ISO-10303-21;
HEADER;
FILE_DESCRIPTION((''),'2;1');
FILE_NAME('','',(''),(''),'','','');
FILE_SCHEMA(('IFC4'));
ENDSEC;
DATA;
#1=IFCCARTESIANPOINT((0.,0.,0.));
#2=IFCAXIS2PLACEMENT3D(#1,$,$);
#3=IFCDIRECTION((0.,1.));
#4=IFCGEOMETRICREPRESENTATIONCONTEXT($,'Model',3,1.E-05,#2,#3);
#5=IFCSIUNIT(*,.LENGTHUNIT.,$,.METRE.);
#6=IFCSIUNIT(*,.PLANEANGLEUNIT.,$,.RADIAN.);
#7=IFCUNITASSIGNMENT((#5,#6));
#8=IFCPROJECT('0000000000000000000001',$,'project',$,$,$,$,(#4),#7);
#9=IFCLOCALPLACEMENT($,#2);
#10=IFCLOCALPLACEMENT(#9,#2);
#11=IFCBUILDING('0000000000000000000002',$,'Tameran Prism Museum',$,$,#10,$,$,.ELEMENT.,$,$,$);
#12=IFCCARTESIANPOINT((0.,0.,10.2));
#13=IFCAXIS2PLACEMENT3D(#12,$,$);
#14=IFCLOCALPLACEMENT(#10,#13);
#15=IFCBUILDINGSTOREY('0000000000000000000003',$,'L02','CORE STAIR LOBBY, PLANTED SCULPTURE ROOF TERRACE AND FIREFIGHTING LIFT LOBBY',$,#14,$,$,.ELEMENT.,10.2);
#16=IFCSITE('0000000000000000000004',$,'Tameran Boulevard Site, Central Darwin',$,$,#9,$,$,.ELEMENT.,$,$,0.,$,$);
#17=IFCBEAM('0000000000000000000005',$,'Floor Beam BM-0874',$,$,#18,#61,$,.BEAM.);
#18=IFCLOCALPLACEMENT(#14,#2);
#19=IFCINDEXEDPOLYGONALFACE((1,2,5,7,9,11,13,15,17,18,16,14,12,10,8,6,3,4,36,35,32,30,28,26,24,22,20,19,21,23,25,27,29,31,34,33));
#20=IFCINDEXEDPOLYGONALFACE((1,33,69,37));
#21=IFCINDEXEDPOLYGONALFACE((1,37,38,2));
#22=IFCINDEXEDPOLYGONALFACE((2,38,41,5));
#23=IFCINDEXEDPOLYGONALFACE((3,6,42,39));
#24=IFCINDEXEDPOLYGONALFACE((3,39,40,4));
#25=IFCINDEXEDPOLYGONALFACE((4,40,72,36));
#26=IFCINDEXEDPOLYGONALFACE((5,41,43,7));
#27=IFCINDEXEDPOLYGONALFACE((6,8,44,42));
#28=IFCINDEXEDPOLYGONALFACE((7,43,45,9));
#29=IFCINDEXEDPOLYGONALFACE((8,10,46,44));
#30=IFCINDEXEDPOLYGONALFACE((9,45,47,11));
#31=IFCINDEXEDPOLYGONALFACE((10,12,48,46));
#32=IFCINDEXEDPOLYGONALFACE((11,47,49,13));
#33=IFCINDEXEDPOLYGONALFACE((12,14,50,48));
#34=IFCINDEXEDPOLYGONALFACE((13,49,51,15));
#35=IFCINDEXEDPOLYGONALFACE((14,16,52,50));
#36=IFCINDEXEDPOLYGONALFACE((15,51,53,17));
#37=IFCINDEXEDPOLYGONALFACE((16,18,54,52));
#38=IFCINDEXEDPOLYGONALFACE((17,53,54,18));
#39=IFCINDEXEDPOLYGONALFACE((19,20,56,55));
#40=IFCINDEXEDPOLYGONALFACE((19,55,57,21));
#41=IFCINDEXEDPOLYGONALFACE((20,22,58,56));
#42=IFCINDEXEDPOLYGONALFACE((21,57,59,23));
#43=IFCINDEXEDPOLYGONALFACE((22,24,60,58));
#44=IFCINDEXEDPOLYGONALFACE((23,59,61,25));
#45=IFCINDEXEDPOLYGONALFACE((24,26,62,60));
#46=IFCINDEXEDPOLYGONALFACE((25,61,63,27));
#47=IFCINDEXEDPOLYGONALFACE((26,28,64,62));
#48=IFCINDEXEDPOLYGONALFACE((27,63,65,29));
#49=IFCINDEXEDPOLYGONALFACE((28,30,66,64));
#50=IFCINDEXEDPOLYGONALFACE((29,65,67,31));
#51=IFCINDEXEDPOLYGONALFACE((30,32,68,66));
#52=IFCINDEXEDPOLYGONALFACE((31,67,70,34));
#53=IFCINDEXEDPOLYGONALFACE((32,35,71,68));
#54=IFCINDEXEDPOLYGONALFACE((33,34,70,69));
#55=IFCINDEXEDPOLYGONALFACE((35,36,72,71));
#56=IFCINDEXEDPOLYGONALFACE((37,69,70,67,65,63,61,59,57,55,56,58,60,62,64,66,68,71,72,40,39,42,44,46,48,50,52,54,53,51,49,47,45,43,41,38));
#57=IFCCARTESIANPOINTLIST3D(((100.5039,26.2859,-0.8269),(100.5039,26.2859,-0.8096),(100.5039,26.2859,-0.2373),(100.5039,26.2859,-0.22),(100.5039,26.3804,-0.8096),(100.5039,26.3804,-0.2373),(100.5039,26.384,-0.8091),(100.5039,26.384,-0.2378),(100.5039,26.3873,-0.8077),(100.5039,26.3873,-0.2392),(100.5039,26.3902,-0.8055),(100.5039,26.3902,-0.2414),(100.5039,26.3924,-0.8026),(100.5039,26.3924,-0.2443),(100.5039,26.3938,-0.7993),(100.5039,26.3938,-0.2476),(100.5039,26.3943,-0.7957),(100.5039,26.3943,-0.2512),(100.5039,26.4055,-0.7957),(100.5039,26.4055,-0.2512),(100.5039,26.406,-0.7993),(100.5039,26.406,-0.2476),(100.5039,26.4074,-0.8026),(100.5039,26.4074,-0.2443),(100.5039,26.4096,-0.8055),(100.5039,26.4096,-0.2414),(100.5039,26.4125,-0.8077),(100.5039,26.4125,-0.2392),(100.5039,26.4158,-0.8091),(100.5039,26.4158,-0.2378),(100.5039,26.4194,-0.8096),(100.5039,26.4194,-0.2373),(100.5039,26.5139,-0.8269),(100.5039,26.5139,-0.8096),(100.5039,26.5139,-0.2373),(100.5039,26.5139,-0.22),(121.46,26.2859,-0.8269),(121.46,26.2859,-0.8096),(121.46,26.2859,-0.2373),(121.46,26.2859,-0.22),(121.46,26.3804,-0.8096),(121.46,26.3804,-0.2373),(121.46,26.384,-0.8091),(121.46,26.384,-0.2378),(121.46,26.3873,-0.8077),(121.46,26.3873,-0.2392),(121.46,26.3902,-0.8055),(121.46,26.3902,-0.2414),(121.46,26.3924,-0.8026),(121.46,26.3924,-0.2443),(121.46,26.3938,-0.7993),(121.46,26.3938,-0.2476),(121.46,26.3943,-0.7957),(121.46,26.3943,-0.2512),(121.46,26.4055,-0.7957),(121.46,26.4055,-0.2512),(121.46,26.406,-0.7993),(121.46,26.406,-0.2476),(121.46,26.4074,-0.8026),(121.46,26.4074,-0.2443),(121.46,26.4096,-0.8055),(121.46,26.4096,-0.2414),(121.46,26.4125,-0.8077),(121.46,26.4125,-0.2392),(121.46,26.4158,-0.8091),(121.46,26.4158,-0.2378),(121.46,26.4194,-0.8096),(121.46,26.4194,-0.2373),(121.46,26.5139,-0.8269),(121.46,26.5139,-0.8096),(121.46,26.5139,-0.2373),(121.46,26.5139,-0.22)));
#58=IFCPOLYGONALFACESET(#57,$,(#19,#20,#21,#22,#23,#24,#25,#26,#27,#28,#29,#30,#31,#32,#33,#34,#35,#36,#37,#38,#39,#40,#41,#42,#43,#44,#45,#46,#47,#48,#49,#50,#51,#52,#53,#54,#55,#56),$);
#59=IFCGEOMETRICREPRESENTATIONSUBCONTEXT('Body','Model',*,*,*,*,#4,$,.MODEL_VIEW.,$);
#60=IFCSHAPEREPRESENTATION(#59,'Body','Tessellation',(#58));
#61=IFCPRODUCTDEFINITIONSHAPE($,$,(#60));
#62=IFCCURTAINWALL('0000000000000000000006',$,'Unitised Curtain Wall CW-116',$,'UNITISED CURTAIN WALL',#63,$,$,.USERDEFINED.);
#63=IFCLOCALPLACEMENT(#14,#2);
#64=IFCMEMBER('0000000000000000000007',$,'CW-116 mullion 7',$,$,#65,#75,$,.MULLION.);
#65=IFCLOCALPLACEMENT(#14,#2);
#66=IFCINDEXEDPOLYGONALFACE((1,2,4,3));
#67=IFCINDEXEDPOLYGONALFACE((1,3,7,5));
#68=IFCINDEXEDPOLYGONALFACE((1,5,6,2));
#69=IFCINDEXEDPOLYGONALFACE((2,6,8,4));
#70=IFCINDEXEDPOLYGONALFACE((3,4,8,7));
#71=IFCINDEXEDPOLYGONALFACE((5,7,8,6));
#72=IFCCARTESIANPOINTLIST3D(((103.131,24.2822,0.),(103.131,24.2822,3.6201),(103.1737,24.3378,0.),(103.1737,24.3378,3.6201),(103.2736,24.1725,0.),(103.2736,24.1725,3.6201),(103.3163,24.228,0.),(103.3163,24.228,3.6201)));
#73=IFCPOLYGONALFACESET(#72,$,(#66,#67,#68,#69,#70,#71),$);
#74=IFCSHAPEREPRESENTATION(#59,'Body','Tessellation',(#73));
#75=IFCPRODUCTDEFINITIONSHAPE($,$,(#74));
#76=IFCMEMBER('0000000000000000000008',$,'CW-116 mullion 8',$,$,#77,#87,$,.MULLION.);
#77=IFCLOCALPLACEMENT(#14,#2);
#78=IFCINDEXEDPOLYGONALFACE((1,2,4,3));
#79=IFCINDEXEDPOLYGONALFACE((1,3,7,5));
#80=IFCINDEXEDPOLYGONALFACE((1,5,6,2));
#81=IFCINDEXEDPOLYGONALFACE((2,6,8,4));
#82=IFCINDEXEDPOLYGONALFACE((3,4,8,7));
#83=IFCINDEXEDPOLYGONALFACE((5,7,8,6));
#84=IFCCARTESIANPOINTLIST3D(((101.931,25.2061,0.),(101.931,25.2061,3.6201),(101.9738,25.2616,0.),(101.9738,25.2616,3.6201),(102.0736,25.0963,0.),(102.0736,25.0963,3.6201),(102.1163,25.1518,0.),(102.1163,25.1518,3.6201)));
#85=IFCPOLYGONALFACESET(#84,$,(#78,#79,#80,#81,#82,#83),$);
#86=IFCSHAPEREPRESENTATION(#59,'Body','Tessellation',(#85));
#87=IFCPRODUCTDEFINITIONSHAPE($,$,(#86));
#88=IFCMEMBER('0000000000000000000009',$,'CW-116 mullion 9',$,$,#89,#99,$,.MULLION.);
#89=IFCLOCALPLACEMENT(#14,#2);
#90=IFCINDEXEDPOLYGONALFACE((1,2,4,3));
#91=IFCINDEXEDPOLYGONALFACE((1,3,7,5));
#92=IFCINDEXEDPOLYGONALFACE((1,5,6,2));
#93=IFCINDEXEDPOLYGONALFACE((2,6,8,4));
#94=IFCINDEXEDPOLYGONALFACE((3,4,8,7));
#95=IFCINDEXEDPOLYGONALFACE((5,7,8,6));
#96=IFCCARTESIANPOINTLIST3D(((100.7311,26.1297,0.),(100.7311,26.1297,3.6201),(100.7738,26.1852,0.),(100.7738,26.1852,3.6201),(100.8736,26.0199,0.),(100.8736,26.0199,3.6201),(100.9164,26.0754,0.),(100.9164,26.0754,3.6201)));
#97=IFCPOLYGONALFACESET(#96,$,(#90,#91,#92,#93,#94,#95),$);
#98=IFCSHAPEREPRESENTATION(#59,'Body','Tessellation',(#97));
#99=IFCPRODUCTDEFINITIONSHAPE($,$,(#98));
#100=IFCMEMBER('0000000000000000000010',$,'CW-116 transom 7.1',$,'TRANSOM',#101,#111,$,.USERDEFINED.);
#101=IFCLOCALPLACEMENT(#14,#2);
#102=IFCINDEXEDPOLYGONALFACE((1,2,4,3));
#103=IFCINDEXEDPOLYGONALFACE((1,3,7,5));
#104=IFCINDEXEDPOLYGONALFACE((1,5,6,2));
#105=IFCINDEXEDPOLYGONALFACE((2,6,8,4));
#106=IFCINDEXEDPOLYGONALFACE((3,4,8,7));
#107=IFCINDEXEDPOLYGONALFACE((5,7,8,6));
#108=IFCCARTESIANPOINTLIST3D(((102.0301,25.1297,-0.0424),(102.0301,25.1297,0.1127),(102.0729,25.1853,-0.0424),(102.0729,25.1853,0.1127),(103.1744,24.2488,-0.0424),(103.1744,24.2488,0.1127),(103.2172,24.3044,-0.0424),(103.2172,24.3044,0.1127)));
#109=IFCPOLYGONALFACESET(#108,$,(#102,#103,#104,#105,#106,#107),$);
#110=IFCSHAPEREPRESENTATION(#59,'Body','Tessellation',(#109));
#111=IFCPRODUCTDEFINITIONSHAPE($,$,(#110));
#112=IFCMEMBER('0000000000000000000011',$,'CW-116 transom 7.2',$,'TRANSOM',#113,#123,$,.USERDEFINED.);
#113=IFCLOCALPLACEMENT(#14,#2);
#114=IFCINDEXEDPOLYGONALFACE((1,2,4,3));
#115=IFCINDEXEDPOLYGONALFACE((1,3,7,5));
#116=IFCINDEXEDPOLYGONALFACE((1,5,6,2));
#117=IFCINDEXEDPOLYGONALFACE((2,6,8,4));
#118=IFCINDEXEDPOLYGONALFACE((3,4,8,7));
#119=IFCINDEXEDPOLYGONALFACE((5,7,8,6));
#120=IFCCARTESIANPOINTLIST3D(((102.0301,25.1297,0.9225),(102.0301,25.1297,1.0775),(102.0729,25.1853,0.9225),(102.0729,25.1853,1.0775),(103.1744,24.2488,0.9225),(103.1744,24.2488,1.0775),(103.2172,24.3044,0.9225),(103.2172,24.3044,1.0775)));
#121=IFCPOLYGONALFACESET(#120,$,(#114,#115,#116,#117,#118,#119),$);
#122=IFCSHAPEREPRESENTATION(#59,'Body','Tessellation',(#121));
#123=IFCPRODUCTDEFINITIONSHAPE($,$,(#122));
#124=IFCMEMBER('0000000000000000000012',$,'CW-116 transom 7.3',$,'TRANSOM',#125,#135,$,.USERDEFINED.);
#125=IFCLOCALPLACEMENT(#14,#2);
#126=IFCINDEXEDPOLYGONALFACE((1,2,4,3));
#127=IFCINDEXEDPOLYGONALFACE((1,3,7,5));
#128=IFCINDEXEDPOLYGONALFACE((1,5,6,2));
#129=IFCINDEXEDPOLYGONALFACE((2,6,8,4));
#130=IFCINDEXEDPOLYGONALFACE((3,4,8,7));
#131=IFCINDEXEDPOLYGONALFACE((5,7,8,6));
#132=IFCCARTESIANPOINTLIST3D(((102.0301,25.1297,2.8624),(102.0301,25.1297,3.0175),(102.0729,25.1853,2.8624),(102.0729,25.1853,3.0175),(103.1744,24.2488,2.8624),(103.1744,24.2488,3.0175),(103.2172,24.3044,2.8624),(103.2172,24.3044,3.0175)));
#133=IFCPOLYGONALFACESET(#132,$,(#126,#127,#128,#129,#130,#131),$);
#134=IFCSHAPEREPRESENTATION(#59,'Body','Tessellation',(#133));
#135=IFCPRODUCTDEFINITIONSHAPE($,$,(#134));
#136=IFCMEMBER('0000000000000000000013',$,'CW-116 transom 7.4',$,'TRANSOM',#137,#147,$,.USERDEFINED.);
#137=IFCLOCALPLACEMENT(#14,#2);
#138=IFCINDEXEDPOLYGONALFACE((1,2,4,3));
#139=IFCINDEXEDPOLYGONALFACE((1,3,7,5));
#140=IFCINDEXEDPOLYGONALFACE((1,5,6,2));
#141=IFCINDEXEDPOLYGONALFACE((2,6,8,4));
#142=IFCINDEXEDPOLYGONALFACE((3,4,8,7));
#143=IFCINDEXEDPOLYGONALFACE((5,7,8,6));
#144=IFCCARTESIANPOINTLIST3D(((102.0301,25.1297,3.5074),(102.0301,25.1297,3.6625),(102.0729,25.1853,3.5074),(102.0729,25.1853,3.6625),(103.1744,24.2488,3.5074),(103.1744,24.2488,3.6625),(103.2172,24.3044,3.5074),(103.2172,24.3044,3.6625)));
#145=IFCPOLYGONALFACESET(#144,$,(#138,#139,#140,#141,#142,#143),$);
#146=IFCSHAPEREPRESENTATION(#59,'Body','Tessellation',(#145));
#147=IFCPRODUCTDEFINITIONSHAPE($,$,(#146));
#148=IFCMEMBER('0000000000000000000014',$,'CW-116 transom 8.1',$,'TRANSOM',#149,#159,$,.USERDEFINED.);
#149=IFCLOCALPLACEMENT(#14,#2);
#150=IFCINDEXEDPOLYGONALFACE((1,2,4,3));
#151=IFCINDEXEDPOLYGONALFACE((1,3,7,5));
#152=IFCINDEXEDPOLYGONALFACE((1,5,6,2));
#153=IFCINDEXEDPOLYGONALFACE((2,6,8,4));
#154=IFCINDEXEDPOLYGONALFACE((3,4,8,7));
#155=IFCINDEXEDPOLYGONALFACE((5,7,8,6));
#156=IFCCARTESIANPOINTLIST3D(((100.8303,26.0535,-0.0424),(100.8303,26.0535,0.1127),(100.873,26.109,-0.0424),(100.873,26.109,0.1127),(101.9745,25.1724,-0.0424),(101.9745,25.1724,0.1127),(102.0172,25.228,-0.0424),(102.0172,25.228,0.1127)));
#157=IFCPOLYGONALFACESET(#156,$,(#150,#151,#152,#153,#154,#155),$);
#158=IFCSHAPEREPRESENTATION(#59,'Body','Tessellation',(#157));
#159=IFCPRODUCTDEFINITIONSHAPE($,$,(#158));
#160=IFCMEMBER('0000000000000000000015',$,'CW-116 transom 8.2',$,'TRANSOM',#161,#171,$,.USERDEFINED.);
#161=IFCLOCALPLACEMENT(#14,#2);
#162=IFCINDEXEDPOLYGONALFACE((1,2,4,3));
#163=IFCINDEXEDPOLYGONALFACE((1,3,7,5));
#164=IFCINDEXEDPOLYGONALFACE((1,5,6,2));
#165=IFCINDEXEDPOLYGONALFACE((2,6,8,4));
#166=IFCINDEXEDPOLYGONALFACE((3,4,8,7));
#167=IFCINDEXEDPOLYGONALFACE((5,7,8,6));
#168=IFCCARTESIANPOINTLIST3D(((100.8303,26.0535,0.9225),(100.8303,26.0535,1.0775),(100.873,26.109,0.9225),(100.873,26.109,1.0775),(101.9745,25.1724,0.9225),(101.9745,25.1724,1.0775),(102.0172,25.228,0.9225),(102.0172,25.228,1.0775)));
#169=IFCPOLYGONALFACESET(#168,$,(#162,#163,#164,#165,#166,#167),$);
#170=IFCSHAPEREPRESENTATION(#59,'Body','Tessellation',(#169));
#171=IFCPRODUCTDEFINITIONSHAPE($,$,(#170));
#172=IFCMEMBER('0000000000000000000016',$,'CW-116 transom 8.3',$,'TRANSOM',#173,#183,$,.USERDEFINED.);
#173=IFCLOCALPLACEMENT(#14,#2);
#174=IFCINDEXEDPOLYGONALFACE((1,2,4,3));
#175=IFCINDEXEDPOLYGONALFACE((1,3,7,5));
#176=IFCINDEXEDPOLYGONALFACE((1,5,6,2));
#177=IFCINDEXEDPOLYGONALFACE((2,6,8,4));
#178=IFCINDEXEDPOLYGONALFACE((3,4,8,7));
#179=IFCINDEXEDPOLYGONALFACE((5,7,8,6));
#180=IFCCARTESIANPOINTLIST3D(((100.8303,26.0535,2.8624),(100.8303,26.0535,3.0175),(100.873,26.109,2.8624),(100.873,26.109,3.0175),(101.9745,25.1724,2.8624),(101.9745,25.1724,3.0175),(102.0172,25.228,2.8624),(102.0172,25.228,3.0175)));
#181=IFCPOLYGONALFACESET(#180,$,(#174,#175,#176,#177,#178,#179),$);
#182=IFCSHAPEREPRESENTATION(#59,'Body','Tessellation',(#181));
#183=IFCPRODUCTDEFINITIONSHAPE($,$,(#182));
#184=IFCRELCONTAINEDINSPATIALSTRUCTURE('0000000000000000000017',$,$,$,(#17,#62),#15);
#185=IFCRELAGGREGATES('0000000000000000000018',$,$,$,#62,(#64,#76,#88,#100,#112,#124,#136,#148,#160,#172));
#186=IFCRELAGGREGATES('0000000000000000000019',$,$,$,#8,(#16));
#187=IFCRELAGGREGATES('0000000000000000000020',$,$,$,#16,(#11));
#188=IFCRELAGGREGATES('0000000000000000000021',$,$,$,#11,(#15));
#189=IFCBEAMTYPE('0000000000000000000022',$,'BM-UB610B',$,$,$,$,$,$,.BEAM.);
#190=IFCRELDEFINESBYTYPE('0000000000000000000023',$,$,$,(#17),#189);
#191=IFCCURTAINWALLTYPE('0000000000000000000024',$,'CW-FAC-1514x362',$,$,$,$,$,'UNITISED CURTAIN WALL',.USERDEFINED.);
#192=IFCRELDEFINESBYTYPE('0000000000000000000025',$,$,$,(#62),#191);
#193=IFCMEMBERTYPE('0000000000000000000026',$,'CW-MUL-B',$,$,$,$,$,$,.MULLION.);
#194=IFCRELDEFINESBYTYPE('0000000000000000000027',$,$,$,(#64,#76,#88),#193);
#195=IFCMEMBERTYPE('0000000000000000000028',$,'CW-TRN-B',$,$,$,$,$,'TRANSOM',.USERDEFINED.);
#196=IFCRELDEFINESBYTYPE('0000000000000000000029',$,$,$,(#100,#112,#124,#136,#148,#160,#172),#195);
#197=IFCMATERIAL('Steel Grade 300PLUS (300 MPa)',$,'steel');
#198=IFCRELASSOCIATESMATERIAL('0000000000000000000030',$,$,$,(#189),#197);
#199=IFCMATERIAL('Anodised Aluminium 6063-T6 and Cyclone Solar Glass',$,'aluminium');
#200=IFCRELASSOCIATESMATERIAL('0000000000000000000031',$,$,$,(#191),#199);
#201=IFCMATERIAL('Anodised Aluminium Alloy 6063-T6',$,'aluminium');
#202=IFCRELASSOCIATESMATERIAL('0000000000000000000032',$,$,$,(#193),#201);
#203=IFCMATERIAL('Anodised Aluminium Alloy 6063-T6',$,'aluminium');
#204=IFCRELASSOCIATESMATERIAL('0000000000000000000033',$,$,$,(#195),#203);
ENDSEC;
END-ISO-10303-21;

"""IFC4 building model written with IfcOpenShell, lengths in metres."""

from ifc_helpers import new_model, si_unit, direction, frame, origin, origin_2d, place, context, subcontext, project, spatial, rectangle, i_section, extrude, material, material_profile, profile_set, type_object, element, aggregate, save


model = new_model("IFC4")

# Units and contexts
model_context = context("Model", 3, precision=1e-05, world=origin(), true_north=direction((0.0, 1.0)))
body_context = subcontext(model_context, "Body", "Model", "MODEL_VIEW")
ifc_project = project(units=[si_unit("LENGTHUNIT", "METRE"), si_unit("PLANEANGLEUNIT", "RADIAN")], contexts=[model_context])

# Site, building, storey
site_placement = place(None, origin())
site = spatial("IfcSite", under=ifc_project, at=site_placement, Name="Tameran Boulevard Site, Central Darwin", CompositionType="ELEMENT", RefElevation=0.0)
building_placement = place(site_placement, origin())
building = spatial("IfcBuilding", under=site, at=building_placement, Name="Tameran Prism Museum", CompositionType="ELEMENT")
storey_placement = place(building_placement, frame((0.0, 0.0, 10.2)))
storey = spatial("IfcBuildingStorey", under=building, at=storey_placement, Name="L02", Description="CORE STAIR LOBBY, PLANTED SCULPTURE ROOF TERRACE AND FIREFIGHTING LIFT LOBBY", CompositionType="ELEMENT", Elevation=10.2)

# Beam
ifc_material_1 = material(Name="Steel Grade 300PLUS (300 MPa)", Category="steel")
ifc_material_profile_1 = material_profile(ifc_material_1, i_section(OverallWidth=0.228, OverallDepth=0.6069, WebThickness=0.0112, FlangeThickness=0.0173, FilletRadius=0.0139, at=origin_2d()))
ifc_profile_set_1 = profile_set([ifc_material_profile_1])
beam_type = type_object("IfcBeamType", Name="BM-UB610B", PredefinedType="BEAM", material=ifc_profile_set_1)
beam_placement = place(storey_placement, frame((100.5039, 26.3999, -0.5234), z_axis=(1.0, 0.0, 0.0), x_axis=(0.0, 1.0, 0.0)))
element("IfcBeam", 1, at=beam_placement, inside=storey, type_object=beam_type, Name="Floor Beam BM-0874", PredefinedType="BEAM", context=body_context, shape_type="SweptSolid", body=[
    extrude(i_section(OverallWidth=0.228, OverallDepth=0.6069, WebThickness=0.0112, FlangeThickness=0.0173, FilletRadius=0.0139, at=origin_2d()), origin(), (0.0, 0.0, 1.0), 20.9561),
])

# Curtain wall, members
ifc_material_2 = material(Name="Anodised Aluminium 6063-T6 and Cyclone Solar Glass", Category="aluminium")
curtain_wall_type = type_object("IfcCurtainWallType", Name="CW-FAC-1514x362", ElementType="UNITISED CURTAIN WALL", PredefinedType="USERDEFINED", material=ifc_material_2)
curtain_wall_placement = place(storey_placement, origin())
curtain_wall = element("IfcCurtainWall", 2, at=curtain_wall_placement, inside=storey, type_object=curtain_wall_type, Name="Unitised Curtain Wall CW-116", ObjectType="UNITISED CURTAIN WALL", PredefinedType="USERDEFINED")
ifc_material_3 = material(Name="Anodised Aluminium Alloy 6063-T6", Category="aluminium")
ifc_material_profile_2 = material_profile(ifc_material_3, rectangle(XDim=0.0701, YDim=0.1799, at=origin_2d()))
ifc_profile_set_2 = profile_set([ifc_material_profile_2])
member_type_1 = type_object("IfcMemberType", Name="CW-MUL-B", PredefinedType="MULLION", material=ifc_profile_set_2)
member_1_placement = place(storey_placement, frame((103.2236, 24.2551, 0.0), z_axis=(0.0, 0.0, 1.0), x_axis=(-0.610001, -0.792401, 0.0)))
member_1 = element("IfcMember", 3, at=member_1_placement, type_object=member_type_1, Name="CW-116 mullion 7", PredefinedType="MULLION", context=body_context, shape_type="SweptSolid", body=[
    extrude(rectangle(XDim=0.0701, YDim=0.1799, at=origin_2d()), origin(), (0.0, 0.0, 1.0), 3.6201),
])
member_2_placement = place(storey_placement, frame((102.0237, 25.179, 0.0), z_axis=(0.0, 0.0, 1.0), x_axis=(-0.610001, -0.792401, 0.0)))
member_2 = element("IfcMember", 4, at=member_2_placement, type_object=member_type_1, Name="CW-116 mullion 8", PredefinedType="MULLION", context=body_context, shape_type="SweptSolid", body=[
    extrude(rectangle(XDim=0.0701, YDim=0.1799, at=origin_2d()), origin(), (0.0, 0.0, 1.0), 3.6201),
])
member_3_placement = place(storey_placement, frame((100.8237, 26.1025, 0.0), z_axis=(0.0, 0.0, 1.0), x_axis=(-0.610001, -0.792401, 0.0)))
member_3 = element("IfcMember", 5, at=member_3_placement, type_object=member_type_1, Name="CW-116 mullion 9", PredefinedType="MULLION", context=body_context, shape_type="SweptSolid", body=[
    extrude(rectangle(XDim=0.0701, YDim=0.1799, at=origin_2d()), origin(), (0.0, 0.0, 1.0), 3.6201),
])
ifc_material_4 = material(Name="Anodised Aluminium Alloy 6063-T6", Category="aluminium")
ifc_material_profile_3 = material_profile(ifc_material_4, rectangle(XDim=0.0701, YDim=0.155, at=origin_2d()))
ifc_profile_set_3 = profile_set([ifc_material_profile_3])
member_type_2 = type_object("IfcMemberType", Name="CW-TRN-B", ElementType="TRANSOM", PredefinedType="USERDEFINED", material=ifc_profile_set_3)
member_4_placement = place(storey_placement, frame((103.1958, 24.2766, 0.0352), z_axis=(-0.79241, 0.609989, 0.0), x_axis=(-0.609989, -0.79241, 0.0)))
member_4 = element("IfcMember", 6, at=member_4_placement, type_object=member_type_2, Name="CW-116 transom 7.1", ObjectType="TRANSOM", PredefinedType="USERDEFINED", context=body_context, shape_type="SweptSolid", body=[
    extrude(rectangle(XDim=0.0701, YDim=0.155, at=origin_2d()), origin(), (0.0, 0.0, 1.0), 1.4441),
])
member_5_placement = place(storey_placement, frame((103.1958, 24.2766, 1.0), z_axis=(-0.79241, 0.609989, 0.0), x_axis=(-0.609989, -0.79241, 0.0)))
member_5 = element("IfcMember", 7, at=member_5_placement, type_object=member_type_2, Name="CW-116 transom 7.2", ObjectType="TRANSOM", PredefinedType="USERDEFINED", context=body_context, shape_type="SweptSolid", body=[
    extrude(rectangle(XDim=0.0701, YDim=0.155, at=origin_2d()), origin(), (0.0, 0.0, 1.0), 1.4441),
])
member_6_placement = place(storey_placement, frame((103.1958, 24.2766, 2.9399), z_axis=(-0.79241, 0.609989, 0.0), x_axis=(-0.609989, -0.79241, 0.0)))
member_6 = element("IfcMember", 8, at=member_6_placement, type_object=member_type_2, Name="CW-116 transom 7.3", ObjectType="TRANSOM", PredefinedType="USERDEFINED", context=body_context, shape_type="SweptSolid", body=[
    extrude(rectangle(XDim=0.0701, YDim=0.155, at=origin_2d()), origin(), (0.0, 0.0, 1.0), 1.4441),
])
member_7_placement = place(storey_placement, frame((103.1958, 24.2766, 3.585), z_axis=(-0.79241, 0.609989, 0.0), x_axis=(-0.609989, -0.79241, 0.0)))
member_7 = element("IfcMember", 9, at=member_7_placement, type_object=member_type_2, Name="CW-116 transom 7.4", ObjectType="TRANSOM", PredefinedType="USERDEFINED", context=body_context, shape_type="SweptSolid", body=[
    extrude(rectangle(XDim=0.0701, YDim=0.155, at=origin_2d()), origin(), (0.0, 0.0, 1.0), 1.4441),
])
member_8_placement = place(storey_placement, frame((101.9958, 25.2002, 0.0352), z_axis=(-0.792329, 0.610095, 0.0), x_axis=(-0.610095, -0.792329, 0.0)))
member_8 = element("IfcMember", 10, at=member_8_placement, type_object=member_type_2, Name="CW-116 transom 8.1", ObjectType="TRANSOM", PredefinedType="USERDEFINED", context=body_context, shape_type="SweptSolid", body=[
    extrude(rectangle(XDim=0.0701, YDim=0.155, at=origin_2d()), origin(), (0.0, 0.0, 1.0), 1.4441),
])
member_9_placement = place(storey_placement, frame((101.9958, 25.2002, 1.0), z_axis=(-0.792329, 0.610095, 0.0), x_axis=(-0.610095, -0.792329, 0.0)))
member_9 = element("IfcMember", 11, at=member_9_placement, type_object=member_type_2, Name="CW-116 transom 8.2", ObjectType="TRANSOM", PredefinedType="USERDEFINED", context=body_context, shape_type="SweptSolid", body=[
    extrude(rectangle(XDim=0.0701, YDim=0.155, at=origin_2d()), origin(), (0.0, 0.0, 1.0), 1.4441),
])
member_10_placement = place(storey_placement, frame((101.9958, 25.2002, 2.9399), z_axis=(-0.792329, 0.610095, 0.0), x_axis=(-0.610095, -0.792329, 0.0)))
member_10 = element("IfcMember", 12, at=member_10_placement, type_object=member_type_2, Name="CW-116 transom 8.3", ObjectType="TRANSOM", PredefinedType="USERDEFINED", context=body_context, shape_type="SweptSolid", body=[
    extrude(rectangle(XDim=0.0701, YDim=0.155, at=origin_2d()), origin(), (0.0, 0.0, 1.0), 1.4441),
])
aggregate(curtain_wall, [member_1, member_2, member_3, member_4, member_5, member_6, member_7, member_8, member_9, member_10])

save(model, "model.ifc")
